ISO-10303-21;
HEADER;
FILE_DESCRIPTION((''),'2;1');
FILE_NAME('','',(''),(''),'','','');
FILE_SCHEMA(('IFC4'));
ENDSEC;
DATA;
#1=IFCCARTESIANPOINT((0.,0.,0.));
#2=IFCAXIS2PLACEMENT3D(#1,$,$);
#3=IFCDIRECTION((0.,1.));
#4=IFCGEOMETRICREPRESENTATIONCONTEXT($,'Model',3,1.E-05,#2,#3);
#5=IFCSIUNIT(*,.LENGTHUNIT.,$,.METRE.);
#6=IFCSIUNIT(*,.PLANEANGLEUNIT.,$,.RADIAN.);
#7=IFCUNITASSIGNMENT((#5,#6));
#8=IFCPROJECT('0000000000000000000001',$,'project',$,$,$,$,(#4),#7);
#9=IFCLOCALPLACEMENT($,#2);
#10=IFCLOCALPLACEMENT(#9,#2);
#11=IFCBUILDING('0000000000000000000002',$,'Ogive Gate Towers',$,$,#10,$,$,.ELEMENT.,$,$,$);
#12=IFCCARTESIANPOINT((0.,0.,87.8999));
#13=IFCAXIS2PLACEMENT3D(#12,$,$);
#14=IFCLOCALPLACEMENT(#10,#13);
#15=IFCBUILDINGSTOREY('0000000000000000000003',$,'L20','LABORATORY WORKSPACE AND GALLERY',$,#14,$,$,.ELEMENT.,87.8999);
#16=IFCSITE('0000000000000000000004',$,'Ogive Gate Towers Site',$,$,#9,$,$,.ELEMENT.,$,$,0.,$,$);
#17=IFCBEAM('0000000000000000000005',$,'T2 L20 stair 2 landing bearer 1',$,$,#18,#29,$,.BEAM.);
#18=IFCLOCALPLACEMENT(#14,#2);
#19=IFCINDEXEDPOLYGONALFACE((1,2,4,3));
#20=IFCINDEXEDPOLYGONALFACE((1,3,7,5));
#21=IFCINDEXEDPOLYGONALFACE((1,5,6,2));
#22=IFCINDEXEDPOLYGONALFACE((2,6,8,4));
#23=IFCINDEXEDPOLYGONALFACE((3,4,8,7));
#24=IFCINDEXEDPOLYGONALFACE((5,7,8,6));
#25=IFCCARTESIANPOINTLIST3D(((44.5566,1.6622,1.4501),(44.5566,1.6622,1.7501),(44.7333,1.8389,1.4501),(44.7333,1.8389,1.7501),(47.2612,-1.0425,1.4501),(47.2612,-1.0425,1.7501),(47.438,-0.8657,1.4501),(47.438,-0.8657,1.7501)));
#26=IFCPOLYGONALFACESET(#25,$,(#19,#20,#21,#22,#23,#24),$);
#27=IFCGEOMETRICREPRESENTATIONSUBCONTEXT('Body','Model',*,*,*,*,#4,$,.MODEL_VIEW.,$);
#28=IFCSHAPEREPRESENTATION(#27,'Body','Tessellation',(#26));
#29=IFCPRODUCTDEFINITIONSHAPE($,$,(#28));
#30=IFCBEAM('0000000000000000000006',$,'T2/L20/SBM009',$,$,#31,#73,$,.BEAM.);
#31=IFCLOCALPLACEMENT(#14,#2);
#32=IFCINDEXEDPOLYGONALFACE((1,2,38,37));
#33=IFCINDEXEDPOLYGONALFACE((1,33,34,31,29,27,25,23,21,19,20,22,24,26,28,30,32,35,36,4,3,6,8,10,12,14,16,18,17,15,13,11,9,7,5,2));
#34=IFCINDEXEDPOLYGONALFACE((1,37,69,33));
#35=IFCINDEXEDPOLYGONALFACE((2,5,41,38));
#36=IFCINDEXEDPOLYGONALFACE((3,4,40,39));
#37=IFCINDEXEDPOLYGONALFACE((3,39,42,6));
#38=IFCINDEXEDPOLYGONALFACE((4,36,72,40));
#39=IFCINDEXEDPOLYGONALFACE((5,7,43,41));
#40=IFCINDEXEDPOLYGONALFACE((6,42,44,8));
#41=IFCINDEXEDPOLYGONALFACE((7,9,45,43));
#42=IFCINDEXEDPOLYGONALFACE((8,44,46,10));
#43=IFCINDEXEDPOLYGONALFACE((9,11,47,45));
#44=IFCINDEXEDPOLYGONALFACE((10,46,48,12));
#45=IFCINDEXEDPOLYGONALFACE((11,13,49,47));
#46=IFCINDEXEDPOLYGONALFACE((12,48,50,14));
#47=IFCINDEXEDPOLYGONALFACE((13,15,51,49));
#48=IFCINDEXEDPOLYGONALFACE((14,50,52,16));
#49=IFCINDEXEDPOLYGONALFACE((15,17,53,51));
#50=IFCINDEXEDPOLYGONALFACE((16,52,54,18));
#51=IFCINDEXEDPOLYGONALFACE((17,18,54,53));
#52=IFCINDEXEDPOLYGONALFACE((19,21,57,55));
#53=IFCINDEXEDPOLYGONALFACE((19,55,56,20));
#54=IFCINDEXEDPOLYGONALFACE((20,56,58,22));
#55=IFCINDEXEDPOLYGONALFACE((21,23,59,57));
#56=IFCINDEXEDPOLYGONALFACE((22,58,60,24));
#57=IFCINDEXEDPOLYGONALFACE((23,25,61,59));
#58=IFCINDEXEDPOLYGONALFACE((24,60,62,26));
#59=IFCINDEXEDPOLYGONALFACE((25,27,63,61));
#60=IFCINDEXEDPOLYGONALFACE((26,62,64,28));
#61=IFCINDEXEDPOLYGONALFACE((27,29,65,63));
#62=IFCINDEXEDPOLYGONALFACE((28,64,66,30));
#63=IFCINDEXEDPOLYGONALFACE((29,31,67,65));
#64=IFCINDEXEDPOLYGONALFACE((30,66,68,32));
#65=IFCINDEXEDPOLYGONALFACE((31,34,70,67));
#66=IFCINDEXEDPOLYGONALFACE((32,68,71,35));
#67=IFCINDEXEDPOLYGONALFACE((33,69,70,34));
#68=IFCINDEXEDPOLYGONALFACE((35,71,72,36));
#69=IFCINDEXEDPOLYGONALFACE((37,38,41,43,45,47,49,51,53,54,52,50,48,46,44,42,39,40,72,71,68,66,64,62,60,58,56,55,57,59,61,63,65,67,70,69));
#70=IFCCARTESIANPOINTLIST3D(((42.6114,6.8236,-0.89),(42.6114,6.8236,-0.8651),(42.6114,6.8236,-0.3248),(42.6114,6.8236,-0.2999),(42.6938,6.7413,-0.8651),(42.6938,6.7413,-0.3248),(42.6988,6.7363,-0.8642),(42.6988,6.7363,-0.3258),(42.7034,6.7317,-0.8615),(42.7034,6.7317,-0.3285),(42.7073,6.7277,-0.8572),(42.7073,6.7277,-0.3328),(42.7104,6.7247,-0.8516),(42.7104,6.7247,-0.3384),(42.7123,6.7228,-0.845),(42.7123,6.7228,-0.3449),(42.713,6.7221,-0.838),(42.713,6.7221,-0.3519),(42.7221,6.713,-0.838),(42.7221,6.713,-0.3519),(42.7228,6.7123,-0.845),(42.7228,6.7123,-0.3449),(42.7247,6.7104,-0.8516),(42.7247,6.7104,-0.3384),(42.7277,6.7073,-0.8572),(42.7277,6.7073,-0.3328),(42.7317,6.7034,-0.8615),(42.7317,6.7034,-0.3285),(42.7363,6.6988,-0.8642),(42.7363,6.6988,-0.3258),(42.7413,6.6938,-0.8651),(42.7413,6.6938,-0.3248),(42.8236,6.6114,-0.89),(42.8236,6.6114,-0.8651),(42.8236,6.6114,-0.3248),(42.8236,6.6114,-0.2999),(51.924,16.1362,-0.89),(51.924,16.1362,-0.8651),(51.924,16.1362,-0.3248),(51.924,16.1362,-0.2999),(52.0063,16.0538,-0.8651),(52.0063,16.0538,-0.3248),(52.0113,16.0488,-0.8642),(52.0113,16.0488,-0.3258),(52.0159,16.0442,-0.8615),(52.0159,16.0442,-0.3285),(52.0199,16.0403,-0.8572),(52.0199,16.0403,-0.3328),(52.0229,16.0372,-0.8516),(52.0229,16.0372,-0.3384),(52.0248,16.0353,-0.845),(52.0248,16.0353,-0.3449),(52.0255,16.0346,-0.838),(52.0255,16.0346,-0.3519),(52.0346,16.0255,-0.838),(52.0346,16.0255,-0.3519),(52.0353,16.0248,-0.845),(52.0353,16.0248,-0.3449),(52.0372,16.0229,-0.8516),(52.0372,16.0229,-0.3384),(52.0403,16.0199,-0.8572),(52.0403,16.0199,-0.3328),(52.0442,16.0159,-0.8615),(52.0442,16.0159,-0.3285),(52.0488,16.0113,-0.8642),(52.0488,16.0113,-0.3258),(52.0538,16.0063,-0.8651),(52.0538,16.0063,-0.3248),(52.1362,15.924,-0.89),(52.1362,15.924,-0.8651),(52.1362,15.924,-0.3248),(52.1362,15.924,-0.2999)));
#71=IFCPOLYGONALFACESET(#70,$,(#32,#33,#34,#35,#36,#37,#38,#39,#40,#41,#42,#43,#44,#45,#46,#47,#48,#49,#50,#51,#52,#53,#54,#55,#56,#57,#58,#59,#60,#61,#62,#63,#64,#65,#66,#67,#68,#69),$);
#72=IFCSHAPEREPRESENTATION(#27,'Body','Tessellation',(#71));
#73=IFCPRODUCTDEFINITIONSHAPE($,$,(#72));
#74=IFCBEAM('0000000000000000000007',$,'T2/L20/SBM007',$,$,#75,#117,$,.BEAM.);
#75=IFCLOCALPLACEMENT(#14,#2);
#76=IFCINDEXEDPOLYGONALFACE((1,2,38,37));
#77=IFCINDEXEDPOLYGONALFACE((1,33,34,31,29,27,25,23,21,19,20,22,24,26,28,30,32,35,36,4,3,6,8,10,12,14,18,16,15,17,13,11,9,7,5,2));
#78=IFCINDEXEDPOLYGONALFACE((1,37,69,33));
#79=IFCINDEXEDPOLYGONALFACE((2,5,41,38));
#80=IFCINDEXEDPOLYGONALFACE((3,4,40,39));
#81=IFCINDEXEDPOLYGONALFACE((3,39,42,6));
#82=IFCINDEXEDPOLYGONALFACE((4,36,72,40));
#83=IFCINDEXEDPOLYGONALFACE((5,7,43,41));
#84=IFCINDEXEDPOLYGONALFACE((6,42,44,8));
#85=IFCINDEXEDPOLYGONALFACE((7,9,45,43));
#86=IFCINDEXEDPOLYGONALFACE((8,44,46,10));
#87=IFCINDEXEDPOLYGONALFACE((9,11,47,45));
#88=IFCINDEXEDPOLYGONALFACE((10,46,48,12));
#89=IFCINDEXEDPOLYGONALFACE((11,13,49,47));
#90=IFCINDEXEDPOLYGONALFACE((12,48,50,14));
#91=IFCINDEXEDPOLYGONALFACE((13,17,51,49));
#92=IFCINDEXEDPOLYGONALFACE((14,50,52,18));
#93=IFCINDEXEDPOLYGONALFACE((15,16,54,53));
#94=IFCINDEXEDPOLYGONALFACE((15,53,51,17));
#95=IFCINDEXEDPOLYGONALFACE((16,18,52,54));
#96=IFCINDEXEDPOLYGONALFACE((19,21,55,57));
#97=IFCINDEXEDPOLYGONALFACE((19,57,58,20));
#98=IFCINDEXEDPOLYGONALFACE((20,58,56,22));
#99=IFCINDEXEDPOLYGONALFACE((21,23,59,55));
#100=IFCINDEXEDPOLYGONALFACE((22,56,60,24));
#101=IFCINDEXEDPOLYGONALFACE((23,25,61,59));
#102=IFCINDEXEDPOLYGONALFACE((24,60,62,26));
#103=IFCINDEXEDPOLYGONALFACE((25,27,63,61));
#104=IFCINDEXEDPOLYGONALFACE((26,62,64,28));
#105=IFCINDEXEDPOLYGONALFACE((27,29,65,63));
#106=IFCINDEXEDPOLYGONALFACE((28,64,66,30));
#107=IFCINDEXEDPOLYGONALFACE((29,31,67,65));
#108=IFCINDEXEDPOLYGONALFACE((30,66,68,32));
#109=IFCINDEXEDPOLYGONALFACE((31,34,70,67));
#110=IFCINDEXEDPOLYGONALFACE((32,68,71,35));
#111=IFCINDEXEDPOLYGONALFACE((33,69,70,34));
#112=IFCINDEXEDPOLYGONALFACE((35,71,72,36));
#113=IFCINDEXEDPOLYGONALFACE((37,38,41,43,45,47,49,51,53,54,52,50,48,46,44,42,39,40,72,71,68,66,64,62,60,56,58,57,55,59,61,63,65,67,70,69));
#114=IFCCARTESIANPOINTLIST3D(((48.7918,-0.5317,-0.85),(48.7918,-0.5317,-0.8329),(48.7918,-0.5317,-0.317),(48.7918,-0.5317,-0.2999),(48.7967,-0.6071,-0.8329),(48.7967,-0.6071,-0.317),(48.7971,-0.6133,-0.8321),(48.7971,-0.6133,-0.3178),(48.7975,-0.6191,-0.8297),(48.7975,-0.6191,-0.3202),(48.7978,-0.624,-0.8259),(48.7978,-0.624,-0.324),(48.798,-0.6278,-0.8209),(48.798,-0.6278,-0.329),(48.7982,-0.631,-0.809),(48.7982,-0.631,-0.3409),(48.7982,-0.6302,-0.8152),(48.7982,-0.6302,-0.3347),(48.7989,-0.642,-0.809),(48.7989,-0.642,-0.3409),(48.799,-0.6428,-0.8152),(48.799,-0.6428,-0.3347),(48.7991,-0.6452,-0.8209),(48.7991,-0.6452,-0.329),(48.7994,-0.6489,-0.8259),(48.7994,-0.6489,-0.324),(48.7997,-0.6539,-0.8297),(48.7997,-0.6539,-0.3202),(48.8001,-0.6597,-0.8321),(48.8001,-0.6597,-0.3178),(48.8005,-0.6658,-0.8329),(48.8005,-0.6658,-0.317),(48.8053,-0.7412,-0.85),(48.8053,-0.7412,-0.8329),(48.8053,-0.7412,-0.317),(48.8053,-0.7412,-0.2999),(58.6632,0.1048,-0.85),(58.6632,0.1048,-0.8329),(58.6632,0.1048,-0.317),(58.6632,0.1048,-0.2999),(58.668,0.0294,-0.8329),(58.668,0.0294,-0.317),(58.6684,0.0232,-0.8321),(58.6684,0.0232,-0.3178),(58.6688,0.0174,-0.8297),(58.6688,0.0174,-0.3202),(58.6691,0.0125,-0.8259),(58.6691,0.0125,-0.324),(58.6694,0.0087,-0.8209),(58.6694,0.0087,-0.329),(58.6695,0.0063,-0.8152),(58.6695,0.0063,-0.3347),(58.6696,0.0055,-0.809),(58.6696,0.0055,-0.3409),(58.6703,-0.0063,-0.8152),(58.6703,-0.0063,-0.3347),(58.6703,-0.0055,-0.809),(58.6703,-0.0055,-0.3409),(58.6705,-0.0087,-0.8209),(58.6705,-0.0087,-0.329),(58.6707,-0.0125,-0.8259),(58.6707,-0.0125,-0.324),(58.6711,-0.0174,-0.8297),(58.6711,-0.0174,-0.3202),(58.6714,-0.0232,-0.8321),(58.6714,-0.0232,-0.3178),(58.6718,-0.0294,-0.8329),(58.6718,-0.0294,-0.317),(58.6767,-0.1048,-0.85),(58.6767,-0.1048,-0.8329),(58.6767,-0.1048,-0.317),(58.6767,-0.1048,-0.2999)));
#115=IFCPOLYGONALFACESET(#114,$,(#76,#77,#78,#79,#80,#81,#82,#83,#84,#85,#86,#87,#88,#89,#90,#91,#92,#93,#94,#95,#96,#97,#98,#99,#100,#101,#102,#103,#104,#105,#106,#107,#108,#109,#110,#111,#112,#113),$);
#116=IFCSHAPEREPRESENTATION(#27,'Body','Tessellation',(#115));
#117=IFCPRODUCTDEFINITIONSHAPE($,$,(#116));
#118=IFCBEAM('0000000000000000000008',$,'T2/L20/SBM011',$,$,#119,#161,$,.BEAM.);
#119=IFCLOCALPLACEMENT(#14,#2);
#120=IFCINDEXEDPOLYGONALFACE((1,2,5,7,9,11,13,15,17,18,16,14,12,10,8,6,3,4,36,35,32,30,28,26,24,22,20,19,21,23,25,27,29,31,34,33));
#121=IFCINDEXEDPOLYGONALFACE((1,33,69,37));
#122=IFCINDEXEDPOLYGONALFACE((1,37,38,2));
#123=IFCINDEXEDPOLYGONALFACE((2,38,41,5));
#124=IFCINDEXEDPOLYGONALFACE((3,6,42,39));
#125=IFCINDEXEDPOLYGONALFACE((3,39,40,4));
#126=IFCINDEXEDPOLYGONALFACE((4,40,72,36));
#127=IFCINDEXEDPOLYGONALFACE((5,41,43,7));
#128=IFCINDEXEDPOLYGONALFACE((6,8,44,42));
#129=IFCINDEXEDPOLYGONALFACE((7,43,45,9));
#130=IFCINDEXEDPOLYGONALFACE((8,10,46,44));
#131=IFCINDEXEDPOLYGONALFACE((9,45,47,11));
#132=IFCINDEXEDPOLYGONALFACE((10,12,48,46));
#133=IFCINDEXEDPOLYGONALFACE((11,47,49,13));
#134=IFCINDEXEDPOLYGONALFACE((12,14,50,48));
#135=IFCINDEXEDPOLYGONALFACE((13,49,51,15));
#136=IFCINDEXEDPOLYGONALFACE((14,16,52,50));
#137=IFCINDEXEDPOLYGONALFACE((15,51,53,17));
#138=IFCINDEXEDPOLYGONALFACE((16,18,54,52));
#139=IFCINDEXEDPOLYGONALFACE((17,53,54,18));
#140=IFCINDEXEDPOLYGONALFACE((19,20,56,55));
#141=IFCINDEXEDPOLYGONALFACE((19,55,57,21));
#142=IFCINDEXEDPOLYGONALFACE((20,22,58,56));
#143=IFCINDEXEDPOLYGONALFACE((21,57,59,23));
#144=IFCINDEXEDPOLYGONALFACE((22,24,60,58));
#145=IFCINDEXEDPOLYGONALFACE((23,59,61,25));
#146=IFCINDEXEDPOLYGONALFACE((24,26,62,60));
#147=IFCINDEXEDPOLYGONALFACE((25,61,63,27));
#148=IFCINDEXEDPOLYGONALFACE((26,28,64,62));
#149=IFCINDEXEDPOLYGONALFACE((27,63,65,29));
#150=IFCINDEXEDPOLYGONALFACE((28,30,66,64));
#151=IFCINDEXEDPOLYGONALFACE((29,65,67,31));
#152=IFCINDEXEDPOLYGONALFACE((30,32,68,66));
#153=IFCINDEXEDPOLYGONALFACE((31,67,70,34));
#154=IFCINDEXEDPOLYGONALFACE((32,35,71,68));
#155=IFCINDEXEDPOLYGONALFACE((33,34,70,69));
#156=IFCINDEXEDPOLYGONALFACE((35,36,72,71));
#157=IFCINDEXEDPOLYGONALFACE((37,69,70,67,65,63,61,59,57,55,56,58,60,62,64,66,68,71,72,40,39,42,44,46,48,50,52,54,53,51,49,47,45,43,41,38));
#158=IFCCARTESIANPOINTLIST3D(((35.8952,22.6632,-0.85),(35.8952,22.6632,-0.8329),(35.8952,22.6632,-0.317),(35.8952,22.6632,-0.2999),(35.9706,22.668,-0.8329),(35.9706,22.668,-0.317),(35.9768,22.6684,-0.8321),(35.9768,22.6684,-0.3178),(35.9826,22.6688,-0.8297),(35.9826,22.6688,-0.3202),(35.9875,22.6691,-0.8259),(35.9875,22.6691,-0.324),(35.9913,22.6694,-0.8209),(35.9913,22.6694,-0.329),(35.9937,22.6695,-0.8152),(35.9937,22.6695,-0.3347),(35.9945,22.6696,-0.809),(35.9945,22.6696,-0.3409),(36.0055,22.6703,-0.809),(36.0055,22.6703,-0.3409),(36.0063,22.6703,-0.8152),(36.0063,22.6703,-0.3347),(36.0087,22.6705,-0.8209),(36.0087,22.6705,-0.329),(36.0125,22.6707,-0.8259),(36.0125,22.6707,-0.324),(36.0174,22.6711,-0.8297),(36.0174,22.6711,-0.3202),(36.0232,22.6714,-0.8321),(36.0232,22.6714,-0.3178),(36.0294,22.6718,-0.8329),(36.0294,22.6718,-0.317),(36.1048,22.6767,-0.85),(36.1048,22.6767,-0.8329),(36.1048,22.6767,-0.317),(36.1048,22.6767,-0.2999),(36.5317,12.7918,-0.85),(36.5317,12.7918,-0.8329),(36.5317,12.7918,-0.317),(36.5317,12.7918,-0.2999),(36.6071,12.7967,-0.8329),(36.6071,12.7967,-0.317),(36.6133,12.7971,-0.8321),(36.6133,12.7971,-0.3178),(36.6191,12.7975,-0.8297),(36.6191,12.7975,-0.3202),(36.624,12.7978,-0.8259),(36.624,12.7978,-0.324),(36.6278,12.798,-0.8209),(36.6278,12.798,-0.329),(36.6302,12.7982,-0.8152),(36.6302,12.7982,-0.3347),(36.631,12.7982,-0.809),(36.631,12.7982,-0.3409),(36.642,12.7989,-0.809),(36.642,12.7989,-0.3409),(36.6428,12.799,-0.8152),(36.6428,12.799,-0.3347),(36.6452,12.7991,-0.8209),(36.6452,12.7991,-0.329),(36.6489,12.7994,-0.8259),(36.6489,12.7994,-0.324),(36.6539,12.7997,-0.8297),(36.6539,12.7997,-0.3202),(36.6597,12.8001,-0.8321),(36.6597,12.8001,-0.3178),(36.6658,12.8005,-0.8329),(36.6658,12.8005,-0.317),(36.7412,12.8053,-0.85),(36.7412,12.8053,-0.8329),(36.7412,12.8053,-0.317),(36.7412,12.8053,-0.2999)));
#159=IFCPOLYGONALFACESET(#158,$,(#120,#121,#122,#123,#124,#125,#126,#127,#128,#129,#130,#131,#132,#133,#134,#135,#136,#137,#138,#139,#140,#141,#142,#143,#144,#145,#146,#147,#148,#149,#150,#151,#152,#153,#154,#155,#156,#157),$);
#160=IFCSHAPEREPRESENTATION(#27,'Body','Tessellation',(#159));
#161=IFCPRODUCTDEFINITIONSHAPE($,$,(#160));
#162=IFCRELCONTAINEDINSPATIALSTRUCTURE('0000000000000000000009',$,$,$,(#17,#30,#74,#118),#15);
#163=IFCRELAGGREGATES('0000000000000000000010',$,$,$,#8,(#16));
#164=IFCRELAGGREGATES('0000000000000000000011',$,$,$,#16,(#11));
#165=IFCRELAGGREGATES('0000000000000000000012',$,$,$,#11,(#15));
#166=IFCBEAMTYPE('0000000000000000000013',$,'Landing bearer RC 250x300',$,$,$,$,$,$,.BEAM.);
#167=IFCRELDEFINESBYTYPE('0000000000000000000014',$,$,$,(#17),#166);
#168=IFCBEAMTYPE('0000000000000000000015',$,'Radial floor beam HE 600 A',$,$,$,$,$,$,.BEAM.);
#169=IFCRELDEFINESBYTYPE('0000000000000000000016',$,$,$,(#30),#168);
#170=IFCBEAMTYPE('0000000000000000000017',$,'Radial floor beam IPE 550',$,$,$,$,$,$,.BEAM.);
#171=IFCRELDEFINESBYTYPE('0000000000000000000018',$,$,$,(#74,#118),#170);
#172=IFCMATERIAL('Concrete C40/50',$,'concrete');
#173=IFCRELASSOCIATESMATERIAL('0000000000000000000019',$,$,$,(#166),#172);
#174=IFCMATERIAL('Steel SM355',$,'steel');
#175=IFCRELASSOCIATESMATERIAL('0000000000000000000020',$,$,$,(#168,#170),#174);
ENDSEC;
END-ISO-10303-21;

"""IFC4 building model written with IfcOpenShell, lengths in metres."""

from ifc_helpers import new_model, si_unit, direction, frame, origin, origin_2d, place, context, subcontext, project, spatial, rectangle, i_section, extrude, material, material_profile, profile_set, type_object, element, save


model = new_model("IFC4")

# Units and contexts
model_context = context("Model", 3, precision=1e-05, world=origin(), true_north=direction((0.0, 1.0)))
body_context = subcontext(model_context, "Body", "Model", "MODEL_VIEW")
ifc_project = project(units=[si_unit("LENGTHUNIT", "METRE"), si_unit("PLANEANGLEUNIT", "RADIAN")], contexts=[model_context])

# Site, building, storey
site_placement = place(None, origin())
site = spatial("IfcSite", under=ifc_project, at=site_placement, Name="Ogive Gate Towers Site", CompositionType="ELEMENT", RefElevation=0.0)
building_placement = place(site_placement, origin())
building = spatial("IfcBuilding", under=site, at=building_placement, Name="Ogive Gate Towers", CompositionType="ELEMENT")
storey_placement = place(building_placement, frame((0.0, 0.0, 87.8999)))
storey = spatial("IfcBuildingStorey", under=building, at=storey_placement, Name="L20", Description="LABORATORY WORKSPACE AND GALLERY", CompositionType="ELEMENT", Elevation=87.8999)

# Beams
ifc_material_1 = material(Name="Concrete C40/50", Category="concrete")
ifc_material_profile_1 = material_profile(ifc_material_1, rectangle(XDim=0.25, YDim=0.3, at=origin_2d()), Name="RC 250x300")
ifc_profile_set_1 = profile_set([ifc_material_profile_1], Name="Concrete C40/50")
beam_type_1 = type_object("IfcBeamType", Name="Landing bearer RC 250x300", PredefinedType="BEAM", material=ifc_profile_set_1)
beam_1_placement = place(storey_placement, frame((47.3496, -0.9541, 1.6001), z_axis=(-0.707107, 0.707107, 0.0), x_axis=(-0.707107, -0.707107, 0.0)))
element("IfcBeam", 1, at=beam_1_placement, inside=storey, type_object=beam_type_1, Name="T2 L20 stair 2 landing bearer 1", PredefinedType="BEAM", context=body_context, shape_type="SweptSolid", body=[
    extrude(rectangle(XDim=0.25, YDim=0.3, at=origin_2d()), origin(), (0.0, 0.0, 1.0), 3.825),
])
ifc_material_2 = material(Name="Steel SM355", Category="steel")
ifc_material_profile_2 = material_profile(ifc_material_2, i_section(OverallWidth=0.3, OverallDepth=0.5901, WebThickness=0.0129, FlangeThickness=0.0249, FilletRadius=0.0271, at=origin_2d()), Name="HE 600 A")
ifc_profile_set_2 = profile_set([ifc_material_profile_2], Name="Steel SM355")
beam_type_2 = type_object("IfcBeamType", Name="Radial floor beam HE 600 A", PredefinedType="BEAM", material=ifc_profile_set_2)
beam_2_placement = place(storey_placement, frame((42.7175, 6.7175, -0.595), z_axis=(0.707107, 0.707107, 0.0), x_axis=(-0.707107, 0.707107, 0.0)))
element("IfcBeam", 2, at=beam_2_placement, inside=storey, type_object=beam_type_2, Name="T2/L20/SBM009", PredefinedType="BEAM", context=body_context, shape_type="SweptSolid", body=[
    extrude(i_section(OverallWidth=0.3, OverallDepth=0.5901, WebThickness=0.0129, FlangeThickness=0.0249, FilletRadius=0.0271, at=origin_2d()), origin(), (0.0, 0.0, 1.0), 13.1699),
])
ifc_material_profile_3 = material_profile(ifc_material_2, i_section(OverallWidth=0.21, OverallDepth=0.55, WebThickness=0.011, FlangeThickness=0.0171, FilletRadius=0.0239, at=origin_2d()), Name="IPE 550")
ifc_profile_set_3 = profile_set([ifc_material_profile_3], Name="Steel SM355")
beam_type_3 = type_object("IfcBeamType", Name="Radial floor beam IPE 550", PredefinedType="BEAM", material=ifc_profile_set_3)
for number, where, z_axis, x_axis, name in (
    (3, (48.7986, -0.6365, -0.575), (0.997928, 0.064343, 0.0), (-0.064343, 0.997928, 0.0), "T2/L20/SBM007"),
    (4, (36.6365, 12.7986, -0.575), (-0.064343, 0.997928, 0.0), (-0.997928, -0.064343, 0.0), "T2/L20/SBM011"),
):
    element("IfcBeam", number, at=place(storey_placement, frame(where, z_axis=z_axis, x_axis=x_axis)), inside=storey, type_object=beam_type_3, Name=name, PredefinedType="BEAM", context=body_context, shape_type="SweptSolid", body=[
        extrude(i_section(OverallWidth=0.21, OverallDepth=0.55, WebThickness=0.011, FlangeThickness=0.0171, FilletRadius=0.0239, at=origin_2d()), origin(), (0.0, 0.0, 1.0), 9.8918),
    ])

save(model, "model.ifc")
